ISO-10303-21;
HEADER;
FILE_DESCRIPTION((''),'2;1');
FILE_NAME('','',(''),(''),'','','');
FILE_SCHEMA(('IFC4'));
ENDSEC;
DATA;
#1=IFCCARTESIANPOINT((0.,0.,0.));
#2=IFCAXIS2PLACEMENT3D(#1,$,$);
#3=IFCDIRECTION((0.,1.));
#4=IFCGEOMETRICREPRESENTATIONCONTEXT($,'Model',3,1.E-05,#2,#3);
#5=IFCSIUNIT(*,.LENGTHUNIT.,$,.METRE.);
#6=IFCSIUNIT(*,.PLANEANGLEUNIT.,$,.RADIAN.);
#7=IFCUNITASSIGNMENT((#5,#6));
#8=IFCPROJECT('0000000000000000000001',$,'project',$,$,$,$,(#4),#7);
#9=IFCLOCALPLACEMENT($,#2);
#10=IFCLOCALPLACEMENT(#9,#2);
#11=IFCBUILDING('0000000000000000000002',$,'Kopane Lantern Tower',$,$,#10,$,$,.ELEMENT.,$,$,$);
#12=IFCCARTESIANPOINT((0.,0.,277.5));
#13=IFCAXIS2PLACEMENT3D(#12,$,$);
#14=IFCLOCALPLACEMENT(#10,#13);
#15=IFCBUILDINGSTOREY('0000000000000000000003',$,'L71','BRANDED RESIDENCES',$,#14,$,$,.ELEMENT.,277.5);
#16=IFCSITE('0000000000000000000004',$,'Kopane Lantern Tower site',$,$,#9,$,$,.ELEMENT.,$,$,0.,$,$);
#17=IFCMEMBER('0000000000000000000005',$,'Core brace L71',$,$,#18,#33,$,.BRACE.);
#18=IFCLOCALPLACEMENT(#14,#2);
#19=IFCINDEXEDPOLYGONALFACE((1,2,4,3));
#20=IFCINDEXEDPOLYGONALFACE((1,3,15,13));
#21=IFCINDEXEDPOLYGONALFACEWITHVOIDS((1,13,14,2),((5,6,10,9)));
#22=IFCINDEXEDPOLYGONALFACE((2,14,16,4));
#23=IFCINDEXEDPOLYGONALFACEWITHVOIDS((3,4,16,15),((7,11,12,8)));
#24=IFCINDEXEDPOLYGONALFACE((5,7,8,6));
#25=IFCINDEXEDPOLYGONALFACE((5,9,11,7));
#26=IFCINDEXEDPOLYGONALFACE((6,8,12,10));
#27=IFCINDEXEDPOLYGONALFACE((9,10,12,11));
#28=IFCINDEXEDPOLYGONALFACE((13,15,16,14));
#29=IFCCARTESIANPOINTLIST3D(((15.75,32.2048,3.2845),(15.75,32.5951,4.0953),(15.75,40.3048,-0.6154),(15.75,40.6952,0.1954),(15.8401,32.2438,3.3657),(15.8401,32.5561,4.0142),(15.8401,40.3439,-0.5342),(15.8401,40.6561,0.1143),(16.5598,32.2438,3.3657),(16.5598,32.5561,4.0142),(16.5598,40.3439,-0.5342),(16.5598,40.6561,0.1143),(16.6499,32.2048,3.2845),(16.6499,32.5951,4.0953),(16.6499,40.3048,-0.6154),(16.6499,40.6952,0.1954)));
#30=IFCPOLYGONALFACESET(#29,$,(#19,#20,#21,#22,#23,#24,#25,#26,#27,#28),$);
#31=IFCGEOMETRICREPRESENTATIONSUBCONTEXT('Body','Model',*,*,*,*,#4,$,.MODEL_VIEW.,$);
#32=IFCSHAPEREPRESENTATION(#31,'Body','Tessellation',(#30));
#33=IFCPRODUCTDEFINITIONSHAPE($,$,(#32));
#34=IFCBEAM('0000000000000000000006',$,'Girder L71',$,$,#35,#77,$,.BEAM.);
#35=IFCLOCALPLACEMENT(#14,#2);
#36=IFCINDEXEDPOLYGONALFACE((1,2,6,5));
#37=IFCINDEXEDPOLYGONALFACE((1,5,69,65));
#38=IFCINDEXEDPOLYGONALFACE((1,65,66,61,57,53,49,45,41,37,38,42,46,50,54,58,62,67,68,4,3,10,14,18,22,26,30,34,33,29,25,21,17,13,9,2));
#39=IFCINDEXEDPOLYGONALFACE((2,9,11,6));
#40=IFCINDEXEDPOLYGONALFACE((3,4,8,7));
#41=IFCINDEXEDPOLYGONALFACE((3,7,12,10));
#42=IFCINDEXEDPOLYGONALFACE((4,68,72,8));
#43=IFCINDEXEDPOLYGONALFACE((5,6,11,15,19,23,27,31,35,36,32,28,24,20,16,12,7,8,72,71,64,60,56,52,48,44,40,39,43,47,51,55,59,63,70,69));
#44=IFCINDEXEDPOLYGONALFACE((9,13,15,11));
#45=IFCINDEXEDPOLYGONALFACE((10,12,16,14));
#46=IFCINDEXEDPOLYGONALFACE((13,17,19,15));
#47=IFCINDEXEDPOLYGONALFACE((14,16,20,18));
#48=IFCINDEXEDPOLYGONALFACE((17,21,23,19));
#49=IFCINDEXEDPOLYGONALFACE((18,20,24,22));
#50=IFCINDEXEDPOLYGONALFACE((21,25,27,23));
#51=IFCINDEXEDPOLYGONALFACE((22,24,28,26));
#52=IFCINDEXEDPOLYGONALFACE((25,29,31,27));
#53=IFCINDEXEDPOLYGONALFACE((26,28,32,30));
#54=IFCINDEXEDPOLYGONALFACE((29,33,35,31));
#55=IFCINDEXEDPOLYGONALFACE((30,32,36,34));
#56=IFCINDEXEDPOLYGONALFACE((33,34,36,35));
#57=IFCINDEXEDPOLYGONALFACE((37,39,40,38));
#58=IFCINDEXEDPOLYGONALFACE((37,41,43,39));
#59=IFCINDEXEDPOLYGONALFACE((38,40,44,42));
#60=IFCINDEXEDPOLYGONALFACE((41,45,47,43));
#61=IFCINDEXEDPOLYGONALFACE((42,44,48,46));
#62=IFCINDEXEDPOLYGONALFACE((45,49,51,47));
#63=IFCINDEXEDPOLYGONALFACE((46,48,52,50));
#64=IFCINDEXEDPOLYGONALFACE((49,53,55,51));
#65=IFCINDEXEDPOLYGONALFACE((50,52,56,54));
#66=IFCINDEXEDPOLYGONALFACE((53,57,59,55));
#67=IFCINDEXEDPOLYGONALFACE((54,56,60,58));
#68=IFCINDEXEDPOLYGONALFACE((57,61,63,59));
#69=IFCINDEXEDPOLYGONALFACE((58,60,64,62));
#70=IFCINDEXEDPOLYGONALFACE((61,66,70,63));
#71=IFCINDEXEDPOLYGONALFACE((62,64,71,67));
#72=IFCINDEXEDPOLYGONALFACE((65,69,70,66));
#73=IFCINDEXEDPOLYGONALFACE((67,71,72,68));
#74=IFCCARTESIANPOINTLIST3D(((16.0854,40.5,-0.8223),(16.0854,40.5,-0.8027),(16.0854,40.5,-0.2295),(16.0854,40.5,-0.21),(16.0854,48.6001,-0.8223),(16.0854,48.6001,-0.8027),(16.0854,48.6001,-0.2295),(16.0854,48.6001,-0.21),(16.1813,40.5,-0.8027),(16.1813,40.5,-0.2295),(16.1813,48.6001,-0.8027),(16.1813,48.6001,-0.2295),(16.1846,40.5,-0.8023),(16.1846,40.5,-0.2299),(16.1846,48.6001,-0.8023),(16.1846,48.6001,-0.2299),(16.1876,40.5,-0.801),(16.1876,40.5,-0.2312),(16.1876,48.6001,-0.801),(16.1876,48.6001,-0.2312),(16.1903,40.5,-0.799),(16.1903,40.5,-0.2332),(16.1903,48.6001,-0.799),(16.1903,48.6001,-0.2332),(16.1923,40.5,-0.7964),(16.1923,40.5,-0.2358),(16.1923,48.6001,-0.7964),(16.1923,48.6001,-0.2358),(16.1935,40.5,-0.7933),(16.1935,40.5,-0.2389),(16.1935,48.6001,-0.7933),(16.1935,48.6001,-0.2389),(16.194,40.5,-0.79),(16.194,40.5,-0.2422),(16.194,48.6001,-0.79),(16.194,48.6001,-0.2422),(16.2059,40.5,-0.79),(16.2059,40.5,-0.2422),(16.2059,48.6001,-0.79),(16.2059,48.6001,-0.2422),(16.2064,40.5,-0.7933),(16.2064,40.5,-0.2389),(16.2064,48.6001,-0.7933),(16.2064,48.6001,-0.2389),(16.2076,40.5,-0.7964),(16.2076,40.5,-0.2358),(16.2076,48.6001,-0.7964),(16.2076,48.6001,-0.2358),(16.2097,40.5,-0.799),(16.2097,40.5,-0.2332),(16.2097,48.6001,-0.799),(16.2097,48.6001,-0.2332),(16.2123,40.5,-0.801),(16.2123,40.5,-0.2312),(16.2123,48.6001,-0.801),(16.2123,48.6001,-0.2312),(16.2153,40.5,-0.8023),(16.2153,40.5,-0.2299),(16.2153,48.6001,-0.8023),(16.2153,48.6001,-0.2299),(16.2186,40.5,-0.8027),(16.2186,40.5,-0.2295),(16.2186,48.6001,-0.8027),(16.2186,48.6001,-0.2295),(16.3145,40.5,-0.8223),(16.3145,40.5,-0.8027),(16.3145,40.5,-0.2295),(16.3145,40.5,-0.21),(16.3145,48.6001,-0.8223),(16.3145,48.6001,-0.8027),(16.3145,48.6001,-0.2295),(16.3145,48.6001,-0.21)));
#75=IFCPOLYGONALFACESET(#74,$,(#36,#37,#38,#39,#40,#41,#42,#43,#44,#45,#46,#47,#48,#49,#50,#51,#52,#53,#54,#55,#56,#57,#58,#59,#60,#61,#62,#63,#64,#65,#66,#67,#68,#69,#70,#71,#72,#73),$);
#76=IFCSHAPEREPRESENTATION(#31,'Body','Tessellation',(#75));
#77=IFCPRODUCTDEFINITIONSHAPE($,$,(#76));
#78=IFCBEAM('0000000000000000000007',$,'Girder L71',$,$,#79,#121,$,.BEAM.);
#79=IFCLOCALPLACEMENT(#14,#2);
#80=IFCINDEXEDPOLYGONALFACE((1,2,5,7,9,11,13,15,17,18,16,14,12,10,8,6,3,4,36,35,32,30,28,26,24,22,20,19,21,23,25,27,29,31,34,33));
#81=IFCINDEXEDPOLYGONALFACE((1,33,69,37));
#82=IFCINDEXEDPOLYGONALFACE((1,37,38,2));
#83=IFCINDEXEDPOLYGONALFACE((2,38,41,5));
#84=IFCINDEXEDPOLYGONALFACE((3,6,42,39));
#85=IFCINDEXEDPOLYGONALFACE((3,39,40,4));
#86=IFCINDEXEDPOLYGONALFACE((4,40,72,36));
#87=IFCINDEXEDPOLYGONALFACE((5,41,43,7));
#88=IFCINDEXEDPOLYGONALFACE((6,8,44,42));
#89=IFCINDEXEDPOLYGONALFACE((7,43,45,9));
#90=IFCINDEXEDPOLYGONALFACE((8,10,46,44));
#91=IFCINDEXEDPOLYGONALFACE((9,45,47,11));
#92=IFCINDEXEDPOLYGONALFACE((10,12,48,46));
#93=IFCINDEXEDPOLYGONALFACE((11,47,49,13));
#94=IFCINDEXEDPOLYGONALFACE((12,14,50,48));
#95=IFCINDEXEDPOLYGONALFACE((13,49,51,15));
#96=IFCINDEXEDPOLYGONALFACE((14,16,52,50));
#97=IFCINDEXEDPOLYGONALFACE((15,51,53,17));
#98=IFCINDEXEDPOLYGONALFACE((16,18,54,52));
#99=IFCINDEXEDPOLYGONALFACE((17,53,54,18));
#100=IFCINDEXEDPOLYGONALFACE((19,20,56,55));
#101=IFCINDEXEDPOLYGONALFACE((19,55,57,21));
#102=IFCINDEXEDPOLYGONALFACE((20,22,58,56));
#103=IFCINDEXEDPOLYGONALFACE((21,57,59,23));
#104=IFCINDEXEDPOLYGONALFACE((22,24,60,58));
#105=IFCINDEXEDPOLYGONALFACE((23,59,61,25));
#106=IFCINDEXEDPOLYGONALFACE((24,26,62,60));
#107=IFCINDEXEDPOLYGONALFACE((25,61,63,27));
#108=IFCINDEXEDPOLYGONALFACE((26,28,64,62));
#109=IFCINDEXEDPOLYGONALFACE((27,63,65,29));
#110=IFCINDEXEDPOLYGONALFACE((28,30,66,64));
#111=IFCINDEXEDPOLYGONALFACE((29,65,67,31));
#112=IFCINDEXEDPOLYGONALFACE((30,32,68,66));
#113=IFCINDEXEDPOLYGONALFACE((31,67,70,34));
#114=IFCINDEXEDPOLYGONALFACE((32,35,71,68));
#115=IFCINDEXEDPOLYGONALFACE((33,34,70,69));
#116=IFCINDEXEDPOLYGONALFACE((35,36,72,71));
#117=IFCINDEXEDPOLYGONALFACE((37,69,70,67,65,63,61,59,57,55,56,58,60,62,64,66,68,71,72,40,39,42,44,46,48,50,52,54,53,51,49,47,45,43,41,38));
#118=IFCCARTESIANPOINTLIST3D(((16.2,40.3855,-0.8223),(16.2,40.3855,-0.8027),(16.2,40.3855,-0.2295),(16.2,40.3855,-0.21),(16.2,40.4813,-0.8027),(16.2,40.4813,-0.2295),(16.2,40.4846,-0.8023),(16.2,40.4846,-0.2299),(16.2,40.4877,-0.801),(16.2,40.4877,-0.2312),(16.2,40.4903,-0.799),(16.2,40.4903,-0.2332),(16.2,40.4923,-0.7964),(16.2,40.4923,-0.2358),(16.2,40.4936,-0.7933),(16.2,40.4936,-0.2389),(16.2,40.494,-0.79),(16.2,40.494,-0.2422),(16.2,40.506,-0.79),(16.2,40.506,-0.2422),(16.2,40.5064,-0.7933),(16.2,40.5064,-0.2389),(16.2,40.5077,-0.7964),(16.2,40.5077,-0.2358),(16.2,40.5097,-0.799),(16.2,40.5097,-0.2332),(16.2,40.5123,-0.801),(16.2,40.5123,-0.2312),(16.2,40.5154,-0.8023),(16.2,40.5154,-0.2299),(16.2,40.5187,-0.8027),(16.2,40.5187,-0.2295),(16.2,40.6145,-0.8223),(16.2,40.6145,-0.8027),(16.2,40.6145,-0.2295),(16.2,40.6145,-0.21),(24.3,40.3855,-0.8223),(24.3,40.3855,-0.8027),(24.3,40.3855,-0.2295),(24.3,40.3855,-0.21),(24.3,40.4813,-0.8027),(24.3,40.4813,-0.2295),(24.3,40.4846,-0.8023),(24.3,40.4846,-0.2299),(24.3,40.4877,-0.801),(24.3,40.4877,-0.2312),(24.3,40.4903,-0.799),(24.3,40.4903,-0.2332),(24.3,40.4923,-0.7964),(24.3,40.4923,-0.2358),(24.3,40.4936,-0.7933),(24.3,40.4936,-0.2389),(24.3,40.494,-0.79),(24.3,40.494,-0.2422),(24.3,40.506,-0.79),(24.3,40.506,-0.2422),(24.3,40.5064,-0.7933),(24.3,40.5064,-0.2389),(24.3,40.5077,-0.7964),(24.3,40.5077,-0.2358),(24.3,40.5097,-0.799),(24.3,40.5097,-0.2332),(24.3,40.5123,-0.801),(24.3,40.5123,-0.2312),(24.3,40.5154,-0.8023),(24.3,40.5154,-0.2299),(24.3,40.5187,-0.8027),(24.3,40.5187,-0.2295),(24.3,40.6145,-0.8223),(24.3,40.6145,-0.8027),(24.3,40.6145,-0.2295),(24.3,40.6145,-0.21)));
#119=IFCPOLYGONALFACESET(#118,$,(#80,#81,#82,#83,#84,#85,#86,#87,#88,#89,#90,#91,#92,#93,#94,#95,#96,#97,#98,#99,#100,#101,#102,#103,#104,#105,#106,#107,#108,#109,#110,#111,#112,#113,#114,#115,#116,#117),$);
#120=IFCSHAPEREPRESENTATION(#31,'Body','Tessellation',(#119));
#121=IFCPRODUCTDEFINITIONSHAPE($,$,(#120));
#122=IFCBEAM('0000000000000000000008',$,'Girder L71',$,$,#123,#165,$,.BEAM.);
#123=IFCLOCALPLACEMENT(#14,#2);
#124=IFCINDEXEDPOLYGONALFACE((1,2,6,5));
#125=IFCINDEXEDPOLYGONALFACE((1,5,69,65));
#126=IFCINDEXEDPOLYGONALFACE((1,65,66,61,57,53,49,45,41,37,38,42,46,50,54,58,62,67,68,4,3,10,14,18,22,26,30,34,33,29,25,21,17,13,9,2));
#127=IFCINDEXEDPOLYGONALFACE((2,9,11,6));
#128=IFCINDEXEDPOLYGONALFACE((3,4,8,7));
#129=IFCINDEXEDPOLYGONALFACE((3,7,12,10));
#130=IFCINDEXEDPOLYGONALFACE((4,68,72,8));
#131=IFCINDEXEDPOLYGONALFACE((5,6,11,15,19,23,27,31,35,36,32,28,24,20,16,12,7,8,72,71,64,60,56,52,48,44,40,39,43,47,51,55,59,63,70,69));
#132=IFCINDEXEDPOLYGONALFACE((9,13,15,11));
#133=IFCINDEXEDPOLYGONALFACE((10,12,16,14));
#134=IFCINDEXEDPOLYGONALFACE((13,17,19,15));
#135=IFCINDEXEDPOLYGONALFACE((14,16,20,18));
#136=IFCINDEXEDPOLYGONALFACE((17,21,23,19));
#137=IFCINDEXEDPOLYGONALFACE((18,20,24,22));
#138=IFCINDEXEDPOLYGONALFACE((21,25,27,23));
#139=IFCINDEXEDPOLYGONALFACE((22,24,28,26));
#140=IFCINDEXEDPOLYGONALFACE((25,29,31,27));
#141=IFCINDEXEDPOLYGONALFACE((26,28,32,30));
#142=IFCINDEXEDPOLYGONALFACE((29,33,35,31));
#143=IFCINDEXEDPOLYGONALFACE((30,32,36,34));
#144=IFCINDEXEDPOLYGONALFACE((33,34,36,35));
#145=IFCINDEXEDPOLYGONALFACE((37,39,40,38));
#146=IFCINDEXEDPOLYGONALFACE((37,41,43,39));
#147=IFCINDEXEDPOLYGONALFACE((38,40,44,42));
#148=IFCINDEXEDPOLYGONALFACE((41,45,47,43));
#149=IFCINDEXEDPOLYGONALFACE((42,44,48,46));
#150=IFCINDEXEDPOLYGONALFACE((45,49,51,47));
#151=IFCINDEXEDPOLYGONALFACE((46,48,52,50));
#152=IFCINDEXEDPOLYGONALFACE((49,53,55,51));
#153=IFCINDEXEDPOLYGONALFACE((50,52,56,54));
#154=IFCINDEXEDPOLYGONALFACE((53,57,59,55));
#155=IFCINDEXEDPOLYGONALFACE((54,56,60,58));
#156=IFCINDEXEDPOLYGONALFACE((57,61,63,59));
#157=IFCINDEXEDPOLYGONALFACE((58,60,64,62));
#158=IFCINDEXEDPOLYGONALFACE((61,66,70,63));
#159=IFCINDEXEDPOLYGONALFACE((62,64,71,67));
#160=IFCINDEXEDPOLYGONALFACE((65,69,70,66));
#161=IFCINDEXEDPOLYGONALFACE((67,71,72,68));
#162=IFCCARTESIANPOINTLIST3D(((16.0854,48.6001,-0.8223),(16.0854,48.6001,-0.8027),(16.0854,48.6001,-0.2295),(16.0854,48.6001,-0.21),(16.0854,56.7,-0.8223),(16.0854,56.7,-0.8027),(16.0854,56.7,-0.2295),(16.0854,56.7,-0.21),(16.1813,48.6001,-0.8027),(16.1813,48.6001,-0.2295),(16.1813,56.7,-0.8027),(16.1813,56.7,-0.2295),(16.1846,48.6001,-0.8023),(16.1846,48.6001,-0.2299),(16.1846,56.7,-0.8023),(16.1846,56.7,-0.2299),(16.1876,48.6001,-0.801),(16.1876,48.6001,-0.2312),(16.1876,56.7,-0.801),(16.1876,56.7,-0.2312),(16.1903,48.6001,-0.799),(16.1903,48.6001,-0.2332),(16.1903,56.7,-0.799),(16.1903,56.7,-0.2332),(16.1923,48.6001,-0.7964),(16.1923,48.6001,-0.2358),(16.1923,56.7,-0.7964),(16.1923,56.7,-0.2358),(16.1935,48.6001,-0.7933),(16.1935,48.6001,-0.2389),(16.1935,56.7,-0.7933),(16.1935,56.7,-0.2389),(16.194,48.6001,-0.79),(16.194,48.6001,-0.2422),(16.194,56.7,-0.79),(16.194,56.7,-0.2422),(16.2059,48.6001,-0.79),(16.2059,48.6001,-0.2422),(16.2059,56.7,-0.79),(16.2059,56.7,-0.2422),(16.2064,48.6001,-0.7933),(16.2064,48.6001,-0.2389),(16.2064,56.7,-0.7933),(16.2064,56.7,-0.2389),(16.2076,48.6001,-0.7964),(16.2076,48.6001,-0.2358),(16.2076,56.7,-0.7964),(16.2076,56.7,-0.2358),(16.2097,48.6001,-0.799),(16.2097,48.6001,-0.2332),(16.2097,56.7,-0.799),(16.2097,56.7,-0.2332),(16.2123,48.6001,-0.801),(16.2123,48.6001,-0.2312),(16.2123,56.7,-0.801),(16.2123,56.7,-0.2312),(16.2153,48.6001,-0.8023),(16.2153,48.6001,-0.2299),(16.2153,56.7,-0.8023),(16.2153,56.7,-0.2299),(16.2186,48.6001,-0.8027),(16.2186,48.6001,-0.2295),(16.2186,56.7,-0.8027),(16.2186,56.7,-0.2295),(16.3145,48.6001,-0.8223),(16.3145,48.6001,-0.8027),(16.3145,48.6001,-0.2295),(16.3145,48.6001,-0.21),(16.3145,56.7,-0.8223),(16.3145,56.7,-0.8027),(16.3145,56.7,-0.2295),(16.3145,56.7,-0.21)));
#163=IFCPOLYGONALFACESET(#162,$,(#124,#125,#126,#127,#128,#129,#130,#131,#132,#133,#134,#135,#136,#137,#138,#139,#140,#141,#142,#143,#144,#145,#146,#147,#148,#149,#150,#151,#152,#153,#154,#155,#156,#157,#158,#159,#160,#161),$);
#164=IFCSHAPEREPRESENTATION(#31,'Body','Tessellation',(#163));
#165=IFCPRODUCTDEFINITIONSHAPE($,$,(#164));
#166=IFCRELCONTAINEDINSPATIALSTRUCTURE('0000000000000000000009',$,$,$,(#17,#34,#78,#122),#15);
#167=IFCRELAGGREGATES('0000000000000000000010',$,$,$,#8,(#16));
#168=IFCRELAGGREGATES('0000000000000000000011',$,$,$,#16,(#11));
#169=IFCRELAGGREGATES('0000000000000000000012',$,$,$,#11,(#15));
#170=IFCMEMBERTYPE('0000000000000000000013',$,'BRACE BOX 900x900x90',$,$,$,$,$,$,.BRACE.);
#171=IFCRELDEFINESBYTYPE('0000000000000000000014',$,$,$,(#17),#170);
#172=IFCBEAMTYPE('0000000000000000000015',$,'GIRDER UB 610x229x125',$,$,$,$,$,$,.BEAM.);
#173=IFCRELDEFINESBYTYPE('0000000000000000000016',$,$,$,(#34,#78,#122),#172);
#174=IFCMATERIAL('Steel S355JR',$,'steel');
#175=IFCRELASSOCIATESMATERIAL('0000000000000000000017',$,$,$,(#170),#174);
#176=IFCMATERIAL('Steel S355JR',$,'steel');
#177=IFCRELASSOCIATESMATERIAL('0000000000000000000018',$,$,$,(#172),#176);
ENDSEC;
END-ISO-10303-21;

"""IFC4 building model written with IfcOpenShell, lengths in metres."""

from ifc_helpers import new_model, si_unit, direction, frame, origin, origin_2d, place, context, subcontext, project, spatial, hollow_rectangle, i_section, extrude, material, material_profile, profile_set, type_object, element, save


model = new_model("IFC4")

# Units and contexts
model_context = context("Model", 3, precision=1e-05, world=origin(), true_north=direction((0.0, 1.0)))
body_context = subcontext(model_context, "Body", "Model", "MODEL_VIEW")
ifc_project = project(units=[si_unit("LENGTHUNIT", "METRE"), si_unit("PLANEANGLEUNIT", "RADIAN")], contexts=[model_context])

# Site, building, storey
site_placement = place(None, origin())
site = spatial("IfcSite", under=ifc_project, at=site_placement, Name="Kopane Lantern Tower site", CompositionType="ELEMENT", RefElevation=0.0)
building_placement = place(site_placement, origin())
building = spatial("IfcBuilding", under=site, at=building_placement, Name="Kopane Lantern Tower", CompositionType="ELEMENT")
storey_placement = place(building_placement, frame((0.0, 0.0, 277.5)))
storey = spatial("IfcBuildingStorey", under=building, at=storey_placement, Name="L71", Description="BRANDED RESIDENCES", CompositionType="ELEMENT", Elevation=277.5)

# Member
ifc_material_1 = material(Name="Steel S355JR", Category="steel")
ifc_material_profile_1 = material_profile(ifc_material_1, hollow_rectangle(XDim=0.8999, YDim=0.8999, WallThickness=0.0901, at=origin_2d()), Name="BOX 900x900x90")
ifc_profile_set_1 = profile_set([ifc_material_profile_1], Name="Steel S355JR")
member_type_1 = type_object("IfcMemberType", Name="BRACE BOX 900x900x90", PredefinedType="BRACE", material=ifc_profile_set_1)
member_1_placement = place(storey_placement, frame((16.2, 40.5, -0.21), z_axis=(0.0, -0.901008, 0.433803), x_axis=(1.0, 0.0, 0.0)))
element("IfcMember", 1, at=member_1_placement, inside=storey, type_object=member_type_1, Name="Core brace L71", PredefinedType="BRACE", context=body_context, shape_type="SweptSolid", body=[
    extrude(hollow_rectangle(XDim=0.8999, YDim=0.8999, WallThickness=0.0901, at=origin_2d()), origin(), (0.0, 0.0, 1.0), 8.99),
])

# Beams
ifc_material_2 = material(Name="Steel S355JR", Category="steel")
ifc_material_profile_2 = material_profile(ifc_material_2, i_section(OverallWidth=0.229, OverallDepth=0.6123, WebThickness=0.012, FlangeThickness=0.0195, FilletRadius=0.0127, at=origin_2d()), Name="UB 610x229x125")
ifc_profile_set_2 = profile_set([ifc_material_profile_2], Name="Steel S355JR")
beam_type_1 = type_object("IfcBeamType", Name="GIRDER UB 610x229x125", PredefinedType="BEAM", material=ifc_profile_set_2)
for number, where, z_axis, x_axis, name in (
    (2, (16.2, 40.5, -0.5161), (0.0, 1.0, 0.0), (-1.0, 0.0, 0.0), "Girder L71"),
    (3, (16.2, 40.5, -0.5161), (1.0, 0.0, 0.0), (0.0, 1.0, 0.0), "Girder L71"),
):
    element("IfcBeam", number, at=place(storey_placement, frame(where, z_axis=z_axis, x_axis=x_axis)), inside=storey, type_object=beam_type_1, Name=name, PredefinedType="BEAM", context=body_context, shape_type="SweptSolid", body=[
        extrude(i_section(OverallWidth=0.229, OverallDepth=0.6123, WebThickness=0.012, FlangeThickness=0.0195, FilletRadius=0.0127, at=origin_2d()), origin(), (0.0, 0.0, 1.0), 8.1001),
    ])
beam_1_placement = place(storey_placement, frame((16.2, 48.6001, -0.5161), z_axis=(0.0, 1.0, 0.0), x_axis=(-1.0, 0.0, 0.0)))
element("IfcBeam", 4, at=beam_1_placement, inside=storey, type_object=beam_type_1, Name="Girder L71", PredefinedType="BEAM", context=body_context, shape_type="SweptSolid", body=[
    extrude(i_section(OverallWidth=0.229, OverallDepth=0.6123, WebThickness=0.012, FlangeThickness=0.0195, FilletRadius=0.0127, at=origin_2d()), origin(), (0.0, 0.0, 1.0), 8.0999),
])

save(model, "model.ifc")
